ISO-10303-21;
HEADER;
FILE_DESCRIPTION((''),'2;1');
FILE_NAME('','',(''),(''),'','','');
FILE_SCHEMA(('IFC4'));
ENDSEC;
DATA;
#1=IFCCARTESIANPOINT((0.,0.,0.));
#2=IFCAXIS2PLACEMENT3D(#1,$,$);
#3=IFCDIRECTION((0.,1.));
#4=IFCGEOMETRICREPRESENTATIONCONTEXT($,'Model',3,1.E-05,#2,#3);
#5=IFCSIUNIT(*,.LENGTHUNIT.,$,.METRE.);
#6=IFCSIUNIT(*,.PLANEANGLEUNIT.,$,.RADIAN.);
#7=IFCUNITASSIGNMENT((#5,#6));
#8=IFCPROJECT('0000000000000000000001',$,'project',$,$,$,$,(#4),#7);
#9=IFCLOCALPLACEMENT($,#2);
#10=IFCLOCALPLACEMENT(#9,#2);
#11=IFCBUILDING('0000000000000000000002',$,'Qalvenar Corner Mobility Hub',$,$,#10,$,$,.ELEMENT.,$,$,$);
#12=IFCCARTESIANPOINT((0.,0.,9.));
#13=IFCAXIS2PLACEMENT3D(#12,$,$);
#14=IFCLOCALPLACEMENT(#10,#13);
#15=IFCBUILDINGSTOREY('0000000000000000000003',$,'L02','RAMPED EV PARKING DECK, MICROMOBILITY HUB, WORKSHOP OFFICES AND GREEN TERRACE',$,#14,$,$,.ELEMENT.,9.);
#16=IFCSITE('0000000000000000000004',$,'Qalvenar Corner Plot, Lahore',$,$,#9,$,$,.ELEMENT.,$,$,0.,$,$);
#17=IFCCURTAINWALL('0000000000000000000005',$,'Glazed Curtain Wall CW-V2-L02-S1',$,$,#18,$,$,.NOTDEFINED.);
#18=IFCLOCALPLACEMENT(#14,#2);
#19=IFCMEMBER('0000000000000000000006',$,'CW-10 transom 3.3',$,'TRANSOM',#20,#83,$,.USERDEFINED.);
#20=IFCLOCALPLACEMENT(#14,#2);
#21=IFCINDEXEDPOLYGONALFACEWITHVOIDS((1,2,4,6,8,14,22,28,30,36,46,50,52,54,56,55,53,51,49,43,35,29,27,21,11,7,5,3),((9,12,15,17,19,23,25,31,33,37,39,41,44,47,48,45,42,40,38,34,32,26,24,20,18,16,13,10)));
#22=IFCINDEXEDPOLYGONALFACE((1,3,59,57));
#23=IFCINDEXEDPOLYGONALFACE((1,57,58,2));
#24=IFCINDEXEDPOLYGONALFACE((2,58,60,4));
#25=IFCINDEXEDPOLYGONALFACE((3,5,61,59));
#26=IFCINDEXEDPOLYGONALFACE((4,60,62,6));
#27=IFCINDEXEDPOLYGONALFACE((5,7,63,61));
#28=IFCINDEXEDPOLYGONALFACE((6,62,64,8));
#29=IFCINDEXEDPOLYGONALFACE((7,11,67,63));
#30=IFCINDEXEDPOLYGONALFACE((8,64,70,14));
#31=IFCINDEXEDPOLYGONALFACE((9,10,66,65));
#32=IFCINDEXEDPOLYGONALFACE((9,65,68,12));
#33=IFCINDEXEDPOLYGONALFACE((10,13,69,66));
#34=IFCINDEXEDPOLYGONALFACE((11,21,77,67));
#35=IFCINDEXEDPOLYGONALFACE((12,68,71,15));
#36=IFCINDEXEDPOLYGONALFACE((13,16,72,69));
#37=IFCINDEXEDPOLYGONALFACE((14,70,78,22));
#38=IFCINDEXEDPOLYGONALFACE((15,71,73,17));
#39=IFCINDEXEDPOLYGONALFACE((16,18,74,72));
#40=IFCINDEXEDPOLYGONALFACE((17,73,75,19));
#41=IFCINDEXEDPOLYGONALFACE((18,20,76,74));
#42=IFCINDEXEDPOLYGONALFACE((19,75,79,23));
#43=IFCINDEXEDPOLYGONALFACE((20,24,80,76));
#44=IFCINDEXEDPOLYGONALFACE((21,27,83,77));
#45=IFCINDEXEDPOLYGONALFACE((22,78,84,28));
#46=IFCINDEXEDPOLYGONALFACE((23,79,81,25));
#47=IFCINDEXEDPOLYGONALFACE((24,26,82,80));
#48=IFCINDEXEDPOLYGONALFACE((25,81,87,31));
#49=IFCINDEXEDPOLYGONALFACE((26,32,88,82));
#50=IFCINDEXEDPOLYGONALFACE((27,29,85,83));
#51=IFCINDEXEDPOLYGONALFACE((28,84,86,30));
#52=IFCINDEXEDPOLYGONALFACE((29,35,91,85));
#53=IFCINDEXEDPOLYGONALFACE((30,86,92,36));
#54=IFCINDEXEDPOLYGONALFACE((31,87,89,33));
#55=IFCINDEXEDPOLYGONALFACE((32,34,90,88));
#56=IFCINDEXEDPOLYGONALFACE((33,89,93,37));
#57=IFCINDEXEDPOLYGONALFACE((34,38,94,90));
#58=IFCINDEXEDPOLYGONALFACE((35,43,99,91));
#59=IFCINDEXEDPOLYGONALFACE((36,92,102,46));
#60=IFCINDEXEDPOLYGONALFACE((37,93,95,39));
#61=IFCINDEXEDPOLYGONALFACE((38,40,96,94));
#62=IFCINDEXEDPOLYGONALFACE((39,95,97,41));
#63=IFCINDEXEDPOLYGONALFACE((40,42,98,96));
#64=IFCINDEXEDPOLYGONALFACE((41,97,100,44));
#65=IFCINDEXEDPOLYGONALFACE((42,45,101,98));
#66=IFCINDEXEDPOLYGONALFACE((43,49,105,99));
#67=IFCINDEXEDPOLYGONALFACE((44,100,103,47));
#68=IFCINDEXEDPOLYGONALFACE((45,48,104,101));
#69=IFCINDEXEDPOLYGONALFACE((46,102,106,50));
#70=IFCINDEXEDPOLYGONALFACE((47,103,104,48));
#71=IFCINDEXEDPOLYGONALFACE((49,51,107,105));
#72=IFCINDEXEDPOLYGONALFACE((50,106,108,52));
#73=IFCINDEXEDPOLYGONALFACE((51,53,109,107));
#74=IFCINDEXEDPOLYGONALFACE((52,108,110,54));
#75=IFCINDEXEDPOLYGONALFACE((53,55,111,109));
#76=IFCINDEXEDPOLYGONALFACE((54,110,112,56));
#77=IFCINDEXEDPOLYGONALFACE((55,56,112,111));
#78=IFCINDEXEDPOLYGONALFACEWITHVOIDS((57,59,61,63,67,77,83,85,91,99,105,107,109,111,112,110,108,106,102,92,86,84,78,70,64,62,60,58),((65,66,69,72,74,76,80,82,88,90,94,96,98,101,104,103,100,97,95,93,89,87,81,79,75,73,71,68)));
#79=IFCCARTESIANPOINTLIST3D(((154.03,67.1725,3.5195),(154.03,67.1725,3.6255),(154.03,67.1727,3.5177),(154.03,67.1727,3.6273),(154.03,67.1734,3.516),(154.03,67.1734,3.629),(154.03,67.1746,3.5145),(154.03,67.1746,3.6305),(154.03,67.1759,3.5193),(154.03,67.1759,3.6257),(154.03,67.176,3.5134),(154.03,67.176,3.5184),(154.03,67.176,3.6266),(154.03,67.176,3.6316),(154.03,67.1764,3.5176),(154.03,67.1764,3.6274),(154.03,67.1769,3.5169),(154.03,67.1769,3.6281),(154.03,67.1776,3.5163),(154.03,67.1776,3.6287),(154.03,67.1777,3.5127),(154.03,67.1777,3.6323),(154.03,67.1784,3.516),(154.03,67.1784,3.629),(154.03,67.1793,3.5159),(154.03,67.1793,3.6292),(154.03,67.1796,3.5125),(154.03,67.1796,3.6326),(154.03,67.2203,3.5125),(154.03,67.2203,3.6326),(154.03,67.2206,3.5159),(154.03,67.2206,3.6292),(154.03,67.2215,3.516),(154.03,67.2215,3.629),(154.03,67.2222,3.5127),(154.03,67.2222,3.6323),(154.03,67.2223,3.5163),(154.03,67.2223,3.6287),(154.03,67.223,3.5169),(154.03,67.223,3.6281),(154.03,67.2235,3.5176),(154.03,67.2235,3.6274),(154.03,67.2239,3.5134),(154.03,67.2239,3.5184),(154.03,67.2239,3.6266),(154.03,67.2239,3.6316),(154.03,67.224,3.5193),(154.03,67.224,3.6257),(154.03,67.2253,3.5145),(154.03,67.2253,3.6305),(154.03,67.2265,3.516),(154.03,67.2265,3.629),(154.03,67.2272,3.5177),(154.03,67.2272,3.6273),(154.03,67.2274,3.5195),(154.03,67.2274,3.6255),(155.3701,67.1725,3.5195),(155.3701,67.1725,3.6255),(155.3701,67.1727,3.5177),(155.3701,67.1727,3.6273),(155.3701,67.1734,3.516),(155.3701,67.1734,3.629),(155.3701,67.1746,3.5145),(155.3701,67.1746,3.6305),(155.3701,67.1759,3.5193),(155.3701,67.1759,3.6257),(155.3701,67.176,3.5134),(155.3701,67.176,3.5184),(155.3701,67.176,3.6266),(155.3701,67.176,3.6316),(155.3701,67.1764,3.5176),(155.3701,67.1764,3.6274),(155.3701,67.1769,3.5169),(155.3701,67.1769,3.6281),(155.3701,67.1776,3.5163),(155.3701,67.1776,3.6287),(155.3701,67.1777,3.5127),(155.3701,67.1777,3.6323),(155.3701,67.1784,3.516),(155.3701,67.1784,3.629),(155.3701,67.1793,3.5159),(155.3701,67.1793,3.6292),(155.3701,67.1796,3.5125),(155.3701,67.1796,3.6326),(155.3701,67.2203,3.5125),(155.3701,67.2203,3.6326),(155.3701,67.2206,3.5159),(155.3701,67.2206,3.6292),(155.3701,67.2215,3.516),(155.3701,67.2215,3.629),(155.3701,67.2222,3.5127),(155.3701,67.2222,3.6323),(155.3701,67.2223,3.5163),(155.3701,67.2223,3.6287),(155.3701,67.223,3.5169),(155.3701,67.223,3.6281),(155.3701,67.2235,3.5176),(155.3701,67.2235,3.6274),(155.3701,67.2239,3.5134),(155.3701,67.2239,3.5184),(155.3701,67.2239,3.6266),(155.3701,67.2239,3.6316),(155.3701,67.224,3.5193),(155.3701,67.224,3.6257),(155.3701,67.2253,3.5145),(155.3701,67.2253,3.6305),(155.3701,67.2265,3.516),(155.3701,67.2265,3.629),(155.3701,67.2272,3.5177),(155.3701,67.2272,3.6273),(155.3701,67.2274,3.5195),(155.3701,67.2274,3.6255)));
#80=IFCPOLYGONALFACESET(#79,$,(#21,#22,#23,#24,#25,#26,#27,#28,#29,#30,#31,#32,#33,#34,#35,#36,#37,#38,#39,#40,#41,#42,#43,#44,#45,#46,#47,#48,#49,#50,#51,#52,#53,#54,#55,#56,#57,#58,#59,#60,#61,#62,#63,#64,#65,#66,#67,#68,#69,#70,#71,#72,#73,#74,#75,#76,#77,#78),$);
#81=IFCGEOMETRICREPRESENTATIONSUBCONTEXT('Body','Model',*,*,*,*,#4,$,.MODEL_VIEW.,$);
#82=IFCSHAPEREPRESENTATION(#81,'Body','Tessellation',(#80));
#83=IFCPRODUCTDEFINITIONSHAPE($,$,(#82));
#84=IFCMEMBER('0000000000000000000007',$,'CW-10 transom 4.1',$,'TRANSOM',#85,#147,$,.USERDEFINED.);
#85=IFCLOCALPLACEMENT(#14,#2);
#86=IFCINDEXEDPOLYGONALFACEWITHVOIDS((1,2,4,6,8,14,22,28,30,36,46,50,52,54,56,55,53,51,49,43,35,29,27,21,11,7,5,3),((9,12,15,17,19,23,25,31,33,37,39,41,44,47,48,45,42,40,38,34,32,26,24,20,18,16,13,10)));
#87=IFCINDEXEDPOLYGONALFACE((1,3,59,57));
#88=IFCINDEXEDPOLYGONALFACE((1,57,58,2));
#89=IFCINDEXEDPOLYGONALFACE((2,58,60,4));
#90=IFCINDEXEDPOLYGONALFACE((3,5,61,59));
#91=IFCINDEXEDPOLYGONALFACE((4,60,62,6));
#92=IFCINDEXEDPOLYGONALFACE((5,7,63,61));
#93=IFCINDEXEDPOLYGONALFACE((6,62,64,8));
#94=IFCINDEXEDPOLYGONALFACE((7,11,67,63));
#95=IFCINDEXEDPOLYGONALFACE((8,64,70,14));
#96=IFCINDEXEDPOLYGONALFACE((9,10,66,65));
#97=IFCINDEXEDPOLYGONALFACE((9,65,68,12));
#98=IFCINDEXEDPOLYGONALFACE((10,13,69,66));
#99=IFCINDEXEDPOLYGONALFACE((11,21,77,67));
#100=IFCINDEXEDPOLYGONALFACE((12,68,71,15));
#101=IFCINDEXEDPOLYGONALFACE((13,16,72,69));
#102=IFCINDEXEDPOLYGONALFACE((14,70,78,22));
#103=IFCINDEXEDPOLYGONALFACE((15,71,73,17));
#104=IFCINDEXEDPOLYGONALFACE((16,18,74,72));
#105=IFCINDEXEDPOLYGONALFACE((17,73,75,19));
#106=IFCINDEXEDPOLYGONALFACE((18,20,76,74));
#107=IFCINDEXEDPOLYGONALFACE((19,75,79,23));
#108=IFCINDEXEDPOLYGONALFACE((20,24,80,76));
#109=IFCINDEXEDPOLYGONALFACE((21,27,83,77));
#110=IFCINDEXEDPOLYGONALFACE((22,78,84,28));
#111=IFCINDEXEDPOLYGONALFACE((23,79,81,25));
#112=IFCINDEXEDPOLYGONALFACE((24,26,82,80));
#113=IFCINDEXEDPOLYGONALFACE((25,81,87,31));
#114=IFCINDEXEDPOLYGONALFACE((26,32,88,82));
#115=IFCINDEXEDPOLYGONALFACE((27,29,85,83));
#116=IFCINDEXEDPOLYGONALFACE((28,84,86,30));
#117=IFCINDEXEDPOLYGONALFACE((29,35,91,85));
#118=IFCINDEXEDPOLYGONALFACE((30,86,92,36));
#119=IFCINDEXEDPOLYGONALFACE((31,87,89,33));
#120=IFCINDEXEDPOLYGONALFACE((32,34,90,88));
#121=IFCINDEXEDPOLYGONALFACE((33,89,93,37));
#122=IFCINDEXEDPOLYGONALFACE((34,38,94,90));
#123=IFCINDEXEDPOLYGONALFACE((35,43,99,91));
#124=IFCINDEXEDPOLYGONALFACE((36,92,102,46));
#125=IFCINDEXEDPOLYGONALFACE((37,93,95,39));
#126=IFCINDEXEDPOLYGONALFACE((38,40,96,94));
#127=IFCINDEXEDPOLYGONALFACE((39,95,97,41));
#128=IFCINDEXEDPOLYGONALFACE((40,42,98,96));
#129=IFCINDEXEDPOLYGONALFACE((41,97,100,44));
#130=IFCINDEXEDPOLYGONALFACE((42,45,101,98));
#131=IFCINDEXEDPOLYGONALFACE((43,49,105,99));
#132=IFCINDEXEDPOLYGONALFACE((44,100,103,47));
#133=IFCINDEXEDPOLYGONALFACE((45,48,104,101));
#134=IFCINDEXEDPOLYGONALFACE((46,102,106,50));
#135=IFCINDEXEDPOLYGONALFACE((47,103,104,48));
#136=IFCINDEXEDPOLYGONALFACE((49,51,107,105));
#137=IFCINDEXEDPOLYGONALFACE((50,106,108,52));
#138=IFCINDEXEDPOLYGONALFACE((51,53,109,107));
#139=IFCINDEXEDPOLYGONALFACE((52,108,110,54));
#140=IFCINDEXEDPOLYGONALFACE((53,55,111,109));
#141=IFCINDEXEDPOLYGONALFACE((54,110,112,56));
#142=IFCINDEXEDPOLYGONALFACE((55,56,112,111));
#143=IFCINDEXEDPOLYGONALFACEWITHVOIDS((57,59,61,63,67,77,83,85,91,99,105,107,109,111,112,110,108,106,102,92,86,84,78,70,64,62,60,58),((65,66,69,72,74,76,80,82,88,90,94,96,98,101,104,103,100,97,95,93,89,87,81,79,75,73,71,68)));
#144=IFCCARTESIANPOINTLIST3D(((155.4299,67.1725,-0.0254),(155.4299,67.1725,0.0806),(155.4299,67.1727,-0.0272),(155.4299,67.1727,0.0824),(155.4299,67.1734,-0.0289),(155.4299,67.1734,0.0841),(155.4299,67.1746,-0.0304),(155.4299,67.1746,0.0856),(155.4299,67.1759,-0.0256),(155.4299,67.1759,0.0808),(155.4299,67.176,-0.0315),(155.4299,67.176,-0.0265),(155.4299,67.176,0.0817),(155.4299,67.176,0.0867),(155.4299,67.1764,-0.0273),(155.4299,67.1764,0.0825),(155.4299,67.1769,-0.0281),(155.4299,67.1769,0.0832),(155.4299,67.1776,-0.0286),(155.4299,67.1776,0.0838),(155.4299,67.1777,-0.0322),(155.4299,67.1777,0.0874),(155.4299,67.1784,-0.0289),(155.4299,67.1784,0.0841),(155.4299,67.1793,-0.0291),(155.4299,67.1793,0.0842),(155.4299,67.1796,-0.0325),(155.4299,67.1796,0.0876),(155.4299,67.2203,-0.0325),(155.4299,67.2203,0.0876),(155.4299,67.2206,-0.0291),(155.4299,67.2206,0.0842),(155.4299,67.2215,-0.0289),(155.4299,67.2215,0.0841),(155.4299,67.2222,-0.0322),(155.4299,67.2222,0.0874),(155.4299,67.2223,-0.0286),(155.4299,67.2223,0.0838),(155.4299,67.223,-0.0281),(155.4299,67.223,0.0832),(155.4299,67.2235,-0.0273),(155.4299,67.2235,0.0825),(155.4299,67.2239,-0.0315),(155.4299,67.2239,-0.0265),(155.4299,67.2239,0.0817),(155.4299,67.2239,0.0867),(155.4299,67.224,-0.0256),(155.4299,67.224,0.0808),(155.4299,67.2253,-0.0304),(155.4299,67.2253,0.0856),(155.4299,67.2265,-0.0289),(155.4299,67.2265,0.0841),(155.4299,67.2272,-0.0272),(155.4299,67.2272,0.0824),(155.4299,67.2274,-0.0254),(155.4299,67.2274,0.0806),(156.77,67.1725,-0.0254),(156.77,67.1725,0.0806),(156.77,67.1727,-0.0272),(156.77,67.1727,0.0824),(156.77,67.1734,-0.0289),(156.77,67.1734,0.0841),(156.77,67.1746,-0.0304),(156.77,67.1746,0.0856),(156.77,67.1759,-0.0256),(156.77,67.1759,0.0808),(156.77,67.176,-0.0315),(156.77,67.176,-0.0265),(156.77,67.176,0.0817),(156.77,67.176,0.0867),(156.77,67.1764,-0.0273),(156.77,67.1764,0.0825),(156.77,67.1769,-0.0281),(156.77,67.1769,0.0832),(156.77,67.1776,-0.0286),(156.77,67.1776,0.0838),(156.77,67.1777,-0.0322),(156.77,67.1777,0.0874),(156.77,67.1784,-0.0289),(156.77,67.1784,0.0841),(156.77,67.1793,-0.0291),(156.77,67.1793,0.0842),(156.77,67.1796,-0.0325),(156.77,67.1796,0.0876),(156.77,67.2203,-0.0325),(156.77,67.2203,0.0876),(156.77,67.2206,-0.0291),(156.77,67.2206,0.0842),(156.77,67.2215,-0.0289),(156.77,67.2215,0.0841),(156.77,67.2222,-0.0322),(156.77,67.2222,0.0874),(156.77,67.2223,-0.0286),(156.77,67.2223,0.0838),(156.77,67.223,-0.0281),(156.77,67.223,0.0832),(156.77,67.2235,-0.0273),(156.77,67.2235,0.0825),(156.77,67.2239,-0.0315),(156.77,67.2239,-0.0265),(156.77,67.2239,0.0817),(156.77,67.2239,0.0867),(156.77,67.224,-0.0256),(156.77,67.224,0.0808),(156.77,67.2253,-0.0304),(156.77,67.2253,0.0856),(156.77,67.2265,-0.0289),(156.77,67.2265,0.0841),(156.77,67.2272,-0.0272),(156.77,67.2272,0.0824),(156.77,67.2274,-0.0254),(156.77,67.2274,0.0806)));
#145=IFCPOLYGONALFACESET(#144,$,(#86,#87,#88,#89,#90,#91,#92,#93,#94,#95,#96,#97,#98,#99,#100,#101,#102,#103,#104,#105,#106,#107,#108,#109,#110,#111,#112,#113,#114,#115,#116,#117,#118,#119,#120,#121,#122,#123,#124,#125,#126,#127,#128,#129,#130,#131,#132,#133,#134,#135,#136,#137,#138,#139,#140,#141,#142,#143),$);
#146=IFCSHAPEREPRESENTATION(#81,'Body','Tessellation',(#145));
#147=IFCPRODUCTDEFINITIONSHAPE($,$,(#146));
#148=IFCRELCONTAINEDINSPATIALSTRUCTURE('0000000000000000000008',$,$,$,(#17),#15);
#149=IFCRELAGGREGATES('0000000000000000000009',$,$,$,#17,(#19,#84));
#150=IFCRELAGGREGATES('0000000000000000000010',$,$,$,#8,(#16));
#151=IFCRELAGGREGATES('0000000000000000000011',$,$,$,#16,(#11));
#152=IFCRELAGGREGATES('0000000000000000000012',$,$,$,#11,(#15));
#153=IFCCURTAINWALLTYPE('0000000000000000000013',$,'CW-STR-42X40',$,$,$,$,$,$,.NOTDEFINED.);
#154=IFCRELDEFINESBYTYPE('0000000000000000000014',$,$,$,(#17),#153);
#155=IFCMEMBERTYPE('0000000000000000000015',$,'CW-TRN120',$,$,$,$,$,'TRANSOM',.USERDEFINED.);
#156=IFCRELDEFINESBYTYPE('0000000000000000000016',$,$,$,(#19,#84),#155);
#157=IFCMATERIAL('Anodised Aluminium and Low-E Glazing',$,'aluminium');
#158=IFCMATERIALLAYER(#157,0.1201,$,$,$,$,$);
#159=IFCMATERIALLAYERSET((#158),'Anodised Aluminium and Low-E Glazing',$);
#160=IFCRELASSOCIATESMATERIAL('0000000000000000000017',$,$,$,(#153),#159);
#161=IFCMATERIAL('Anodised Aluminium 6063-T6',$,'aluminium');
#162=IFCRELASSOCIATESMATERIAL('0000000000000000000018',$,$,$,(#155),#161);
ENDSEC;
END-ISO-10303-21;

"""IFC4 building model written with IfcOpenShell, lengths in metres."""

from ifc_helpers import new_model, si_unit, direction, frame, origin, origin_2d, place, context, subcontext, project, spatial, hollow_rectangle, extrude, material, layer, layer_set, material_profile, profile_set, type_object, element, aggregate, save


model = new_model("IFC4")

# Units and contexts
model_context = context("Model", 3, precision=1e-05, world=origin(), true_north=direction((0.0, 1.0)))
body_context = subcontext(model_context, "Body", "Model", "MODEL_VIEW")
ifc_project = project(units=[si_unit("LENGTHUNIT", "METRE"), si_unit("PLANEANGLEUNIT", "RADIAN")], contexts=[model_context])

# Site, building, storey
site_placement = place(None, origin())
site = spatial("IfcSite", under=ifc_project, at=site_placement, Name="Qalvenar Corner Plot, Lahore", CompositionType="ELEMENT", RefElevation=0.0)
building_placement = place(site_placement, origin())
building = spatial("IfcBuilding", under=site, at=building_placement, Name="Qalvenar Corner Mobility Hub", CompositionType="ELEMENT")
storey_placement = place(building_placement, frame((0.0, 0.0, 9.0)))
storey = spatial("IfcBuildingStorey", under=building, at=storey_placement, Name="L02", Description="RAMPED EV PARKING DECK, MICROMOBILITY HUB, WORKSHOP OFFICES AND GREEN TERRACE", CompositionType="ELEMENT", Elevation=9.0)

# Curtain wall, members
ifc_material_1 = material(Name="Anodised Aluminium and Low-E Glazing", Category="aluminium")
ifc_layer_1 = layer(ifc_material_1, 0.1201)
ifc_layer_set_1 = layer_set([ifc_layer_1], Name="Anodised Aluminium and Low-E Glazing")
curtain_wall_type = type_object("IfcCurtainWallType", Name="CW-STR-42X40", PredefinedType="NOTDEFINED", material=ifc_layer_set_1)
curtain_wall_placement = place(storey_placement, origin())
curtain_wall = element("IfcCurtainWall", 1, at=curtain_wall_placement, inside=storey, type_object=curtain_wall_type, Name="Glazed Curtain Wall CW-V2-L02-S1", PredefinedType="NOTDEFINED")
ifc_material_2 = material(Name="Anodised Aluminium 6063-T6", Category="aluminium")
ifc_material_profile_1 = material_profile(ifc_material_2, hollow_rectangle(XDim=0.0549, YDim=0.1201, WallThickness=0.0034, InnerFilletRadius=0.0034, OuterFilletRadius=0.0071, at=origin_2d()), Name="RHS120x55x3.5")
ifc_profile_set_1 = profile_set([ifc_material_profile_1], Name="Anodised Aluminium 6063-T6")
member_type_1 = type_object("IfcMemberType", Name="CW-TRN120", ElementType="TRANSOM", PredefinedType="USERDEFINED", material=ifc_profile_set_1)
member_1_placement = place(storey_placement, frame((154.03, 67.2, 3.5725), z_axis=(1.0, 0.0, 0.0), x_axis=(0.0, 1.0, 0.0)))
member_1 = element("IfcMember", 2, at=member_1_placement, type_object=member_type_1, Name="CW-10 transom 3.3", ObjectType="TRANSOM", PredefinedType="USERDEFINED", context=body_context, shape_type="SweptSolid", body=[
    extrude(hollow_rectangle(XDim=0.0549, YDim=0.1201, WallThickness=0.0034, InnerFilletRadius=0.0034, OuterFilletRadius=0.0071, at=origin_2d()), origin(), (0.0, 0.0, 1.0), 1.3401),
])
member_2_placement = place(storey_placement, frame((155.4299, 67.2, 0.0276), z_axis=(1.0, 0.0, 0.0), x_axis=(0.0, 1.0, 0.0)))
member_2 = element("IfcMember", 3, at=member_2_placement, type_object=member_type_1, Name="CW-10 transom 4.1", ObjectType="TRANSOM", PredefinedType="USERDEFINED", context=body_context, shape_type="SweptSolid", body=[
    extrude(hollow_rectangle(XDim=0.0549, YDim=0.1201, WallThickness=0.0034, InnerFilletRadius=0.0034, OuterFilletRadius=0.0071, at=origin_2d()), origin(), (0.0, 0.0, 1.0), 1.3401),
])
aggregate(curtain_wall, [member_1, member_2])

save(model, "model.ifc")
